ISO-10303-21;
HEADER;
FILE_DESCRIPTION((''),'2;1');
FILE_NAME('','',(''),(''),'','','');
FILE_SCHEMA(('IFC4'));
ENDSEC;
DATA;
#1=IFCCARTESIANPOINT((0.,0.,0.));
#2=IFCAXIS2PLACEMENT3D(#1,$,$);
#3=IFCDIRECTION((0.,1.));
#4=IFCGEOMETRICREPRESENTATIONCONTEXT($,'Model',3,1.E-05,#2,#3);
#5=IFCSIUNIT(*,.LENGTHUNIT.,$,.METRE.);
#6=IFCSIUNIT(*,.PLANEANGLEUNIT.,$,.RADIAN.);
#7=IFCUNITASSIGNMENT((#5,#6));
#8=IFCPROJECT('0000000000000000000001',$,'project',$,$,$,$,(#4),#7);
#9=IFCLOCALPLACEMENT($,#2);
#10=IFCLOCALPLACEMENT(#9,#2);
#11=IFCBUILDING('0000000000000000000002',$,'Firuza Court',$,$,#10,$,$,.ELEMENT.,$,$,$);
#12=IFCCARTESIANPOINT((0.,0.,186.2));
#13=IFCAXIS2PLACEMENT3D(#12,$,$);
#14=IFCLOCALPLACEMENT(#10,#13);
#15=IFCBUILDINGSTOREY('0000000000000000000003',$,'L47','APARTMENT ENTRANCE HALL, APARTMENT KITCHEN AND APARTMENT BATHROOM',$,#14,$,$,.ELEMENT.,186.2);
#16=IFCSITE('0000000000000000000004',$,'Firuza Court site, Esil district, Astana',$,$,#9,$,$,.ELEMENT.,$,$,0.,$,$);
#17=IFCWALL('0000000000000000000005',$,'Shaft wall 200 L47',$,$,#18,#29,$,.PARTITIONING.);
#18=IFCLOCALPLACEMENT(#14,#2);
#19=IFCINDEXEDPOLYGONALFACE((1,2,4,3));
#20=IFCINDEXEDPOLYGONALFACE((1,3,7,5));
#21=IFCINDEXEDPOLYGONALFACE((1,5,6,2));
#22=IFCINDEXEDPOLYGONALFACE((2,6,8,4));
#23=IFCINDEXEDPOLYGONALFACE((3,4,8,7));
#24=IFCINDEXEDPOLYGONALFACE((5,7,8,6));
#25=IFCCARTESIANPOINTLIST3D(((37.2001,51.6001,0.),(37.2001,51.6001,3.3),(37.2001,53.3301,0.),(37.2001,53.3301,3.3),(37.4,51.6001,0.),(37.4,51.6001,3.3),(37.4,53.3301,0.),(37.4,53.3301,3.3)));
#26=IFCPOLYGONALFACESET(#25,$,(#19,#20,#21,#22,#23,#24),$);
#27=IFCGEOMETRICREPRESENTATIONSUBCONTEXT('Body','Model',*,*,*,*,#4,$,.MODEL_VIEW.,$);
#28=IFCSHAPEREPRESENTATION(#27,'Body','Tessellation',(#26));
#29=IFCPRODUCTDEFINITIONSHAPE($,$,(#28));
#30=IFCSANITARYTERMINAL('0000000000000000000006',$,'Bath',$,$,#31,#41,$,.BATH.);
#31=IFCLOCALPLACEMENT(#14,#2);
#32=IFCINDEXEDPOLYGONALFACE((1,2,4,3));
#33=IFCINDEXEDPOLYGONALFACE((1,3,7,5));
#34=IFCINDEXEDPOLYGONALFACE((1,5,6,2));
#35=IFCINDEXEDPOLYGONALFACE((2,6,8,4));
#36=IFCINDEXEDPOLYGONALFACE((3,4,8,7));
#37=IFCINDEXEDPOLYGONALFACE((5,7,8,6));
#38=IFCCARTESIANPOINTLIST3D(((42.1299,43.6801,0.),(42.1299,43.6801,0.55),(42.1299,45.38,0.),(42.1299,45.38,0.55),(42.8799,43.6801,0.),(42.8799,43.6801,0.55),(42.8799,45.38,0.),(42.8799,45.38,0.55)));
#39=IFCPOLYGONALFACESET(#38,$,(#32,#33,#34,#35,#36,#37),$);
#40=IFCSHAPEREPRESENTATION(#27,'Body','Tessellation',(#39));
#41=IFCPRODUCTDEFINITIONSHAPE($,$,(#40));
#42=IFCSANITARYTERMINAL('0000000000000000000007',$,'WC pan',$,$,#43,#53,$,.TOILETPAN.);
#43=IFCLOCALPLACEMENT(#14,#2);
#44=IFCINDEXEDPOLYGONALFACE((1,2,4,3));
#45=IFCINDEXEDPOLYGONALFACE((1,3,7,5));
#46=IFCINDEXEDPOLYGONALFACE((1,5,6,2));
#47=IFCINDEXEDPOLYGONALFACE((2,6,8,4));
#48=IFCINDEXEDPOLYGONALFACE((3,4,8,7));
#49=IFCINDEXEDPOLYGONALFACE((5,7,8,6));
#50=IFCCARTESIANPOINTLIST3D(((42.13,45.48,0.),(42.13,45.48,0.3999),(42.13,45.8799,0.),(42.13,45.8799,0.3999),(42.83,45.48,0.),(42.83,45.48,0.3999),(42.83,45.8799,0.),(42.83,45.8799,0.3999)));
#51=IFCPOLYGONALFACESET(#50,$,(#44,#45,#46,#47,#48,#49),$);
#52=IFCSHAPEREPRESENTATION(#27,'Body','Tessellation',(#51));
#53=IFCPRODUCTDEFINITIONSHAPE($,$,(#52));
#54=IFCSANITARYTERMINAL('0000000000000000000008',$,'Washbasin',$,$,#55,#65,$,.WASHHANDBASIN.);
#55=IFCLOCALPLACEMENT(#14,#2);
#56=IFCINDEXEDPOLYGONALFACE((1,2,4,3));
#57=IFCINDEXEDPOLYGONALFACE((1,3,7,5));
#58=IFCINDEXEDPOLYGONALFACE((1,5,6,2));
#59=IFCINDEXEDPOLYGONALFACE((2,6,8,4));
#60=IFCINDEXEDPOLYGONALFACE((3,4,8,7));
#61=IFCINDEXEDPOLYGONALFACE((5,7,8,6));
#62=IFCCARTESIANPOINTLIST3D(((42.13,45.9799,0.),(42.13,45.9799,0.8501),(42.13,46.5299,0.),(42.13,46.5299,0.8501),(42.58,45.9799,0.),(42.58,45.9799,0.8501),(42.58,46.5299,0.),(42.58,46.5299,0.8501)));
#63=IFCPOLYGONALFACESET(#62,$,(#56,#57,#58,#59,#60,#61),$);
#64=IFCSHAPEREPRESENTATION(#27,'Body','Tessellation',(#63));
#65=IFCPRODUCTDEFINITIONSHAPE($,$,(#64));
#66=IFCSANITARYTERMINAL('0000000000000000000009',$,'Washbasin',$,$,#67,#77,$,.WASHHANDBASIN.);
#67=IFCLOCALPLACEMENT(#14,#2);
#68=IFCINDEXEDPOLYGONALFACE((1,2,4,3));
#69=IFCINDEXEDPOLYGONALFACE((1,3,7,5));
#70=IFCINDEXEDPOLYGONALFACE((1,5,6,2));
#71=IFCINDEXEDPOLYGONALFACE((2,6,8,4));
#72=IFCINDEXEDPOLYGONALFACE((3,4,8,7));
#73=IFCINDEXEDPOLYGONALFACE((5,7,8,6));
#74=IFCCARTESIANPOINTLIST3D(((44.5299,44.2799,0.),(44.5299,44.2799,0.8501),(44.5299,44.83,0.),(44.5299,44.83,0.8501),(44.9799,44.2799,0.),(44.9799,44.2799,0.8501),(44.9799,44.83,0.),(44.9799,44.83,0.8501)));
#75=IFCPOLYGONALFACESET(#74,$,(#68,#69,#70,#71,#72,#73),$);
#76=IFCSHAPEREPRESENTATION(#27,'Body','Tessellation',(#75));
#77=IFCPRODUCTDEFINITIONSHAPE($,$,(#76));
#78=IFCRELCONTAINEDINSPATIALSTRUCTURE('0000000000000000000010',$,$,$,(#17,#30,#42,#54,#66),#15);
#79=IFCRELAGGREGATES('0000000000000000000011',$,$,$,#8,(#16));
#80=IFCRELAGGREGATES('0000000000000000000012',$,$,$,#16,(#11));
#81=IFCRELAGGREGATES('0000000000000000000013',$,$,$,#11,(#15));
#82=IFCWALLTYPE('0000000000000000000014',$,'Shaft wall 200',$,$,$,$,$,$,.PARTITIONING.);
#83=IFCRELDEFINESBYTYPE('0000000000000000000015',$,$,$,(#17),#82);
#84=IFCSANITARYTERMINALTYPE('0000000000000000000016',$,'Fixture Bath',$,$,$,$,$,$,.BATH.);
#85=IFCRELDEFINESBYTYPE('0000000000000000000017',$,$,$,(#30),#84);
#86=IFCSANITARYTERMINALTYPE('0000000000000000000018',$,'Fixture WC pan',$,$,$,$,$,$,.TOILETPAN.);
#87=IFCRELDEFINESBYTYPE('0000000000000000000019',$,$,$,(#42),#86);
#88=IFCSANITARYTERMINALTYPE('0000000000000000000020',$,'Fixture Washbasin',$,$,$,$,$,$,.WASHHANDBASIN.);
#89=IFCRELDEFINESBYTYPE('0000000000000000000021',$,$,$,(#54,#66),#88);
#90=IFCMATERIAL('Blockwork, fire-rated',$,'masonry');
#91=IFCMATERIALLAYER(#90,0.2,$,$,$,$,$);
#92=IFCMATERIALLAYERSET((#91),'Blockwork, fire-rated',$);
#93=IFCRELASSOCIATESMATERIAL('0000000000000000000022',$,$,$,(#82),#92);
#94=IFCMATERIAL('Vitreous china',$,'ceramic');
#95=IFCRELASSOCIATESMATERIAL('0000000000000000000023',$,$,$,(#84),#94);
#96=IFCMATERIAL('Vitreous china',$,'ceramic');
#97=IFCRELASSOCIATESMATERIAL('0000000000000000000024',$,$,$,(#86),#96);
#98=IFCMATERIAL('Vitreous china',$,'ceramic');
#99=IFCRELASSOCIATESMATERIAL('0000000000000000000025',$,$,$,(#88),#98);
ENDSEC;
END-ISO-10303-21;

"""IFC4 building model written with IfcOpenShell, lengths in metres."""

from ifc_helpers import new_model, si_unit, direction, frame, frame_2d, origin, origin_2d, place, context, subcontext, project, spatial, rectangle, extrude, material, layer, layer_set, type_object, element, save


model = new_model("IFC4")

# Units and contexts
model_context = context("Model", 3, precision=1e-05, world=origin(), true_north=direction((0.0, 1.0)))
body_context = subcontext(model_context, "Body", "Model", "MODEL_VIEW")
ifc_project = project(units=[si_unit("LENGTHUNIT", "METRE"), si_unit("PLANEANGLEUNIT", "RADIAN")], contexts=[model_context])

# Site, building, storey
site_placement = place(None, origin())
site = spatial("IfcSite", under=ifc_project, at=site_placement, Name="Firuza Court site, Esil district, Astana", CompositionType="ELEMENT", RefElevation=0.0)
building_placement = place(site_placement, origin())
building = spatial("IfcBuilding", under=site, at=building_placement, Name="Firuza Court", CompositionType="ELEMENT")
storey_placement = place(building_placement, frame((0.0, 0.0, 186.2)))
storey = spatial("IfcBuildingStorey", under=building, at=storey_placement, Name="L47", Description="APARTMENT ENTRANCE HALL, APARTMENT KITCHEN AND APARTMENT BATHROOM", CompositionType="ELEMENT", Elevation=186.2)

# Shared definitions
ifc_material_1 = material(Name="Blockwork, fire-rated", Category="masonry")
ifc_layer_1 = layer(ifc_material_1, 0.2)
ifc_layer_set_1 = layer_set([ifc_layer_1], Name="Blockwork, fire-rated")
wall_type_1 = type_object("IfcWallType", Name="Shaft wall 200", PredefinedType="PARTITIONING", material=ifc_layer_set_1)

# Wall
for number, where, z_axis, x_axis, name in (
    (1, (37.3, 51.6001, 0.0), (0.0, 0.0, 1.0), (0.0, 1.0, 0.0), "Shaft wall 200 L47"),
):
    element("IfcWall", number, at=place(storey_placement, frame(where, z_axis=z_axis, x_axis=x_axis)), inside=storey, type_object=wall_type_1, Name=name, PredefinedType="PARTITIONING", context=body_context, shape_type="SweptSolid", body=[
        extrude(rectangle(XDim=1.73, YDim=0.2, at=frame_2d((0.865, 0.0))), origin(), (0.0, 0.0, 1.0), 3.3),
    ])

# Sanitary terminals
ifc_material_2 = material(Name="Vitreous china", Category="ceramic")
sanitary_terminal_type_1 = type_object("IfcSanitaryTerminalType", Name="Fixture Bath", PredefinedType="BATH", material=ifc_material_2)
sanitary_terminal_1_placement = place(storey_placement, frame((42.5049, 44.53, 0.0), z_axis=(0.0, 0.0, 1.0), x_axis=(1.0, 0.0, 0.0)))
element("IfcSanitaryTerminal", 2, at=sanitary_terminal_1_placement, inside=storey, type_object=sanitary_terminal_type_1, Name="Bath", PredefinedType="BATH", context=body_context, shape_type="SweptSolid", body=[
    extrude(rectangle(XDim=0.75, YDim=1.7, at=origin_2d()), origin(), (0.0, 0.0, 1.0), 0.55),
])
ifc_material_3 = material(Name="Vitreous china", Category="ceramic")
sanitary_terminal_type_2 = type_object("IfcSanitaryTerminalType", Name="Fixture WC pan", PredefinedType="TOILETPAN", material=ifc_material_3)
sanitary_terminal_2_placement = place(storey_placement, frame((42.48, 45.6799, 0.0), z_axis=(0.0, 0.0, 1.0), x_axis=(1.0, 0.0, 0.0)))
element("IfcSanitaryTerminal", 3, at=sanitary_terminal_2_placement, inside=storey, type_object=sanitary_terminal_type_2, Name="WC pan", PredefinedType="TOILETPAN", context=body_context, shape_type="SweptSolid", body=[
    extrude(rectangle(XDim=0.7, YDim=0.3999, at=origin_2d()), origin(), (0.0, 0.0, 1.0), 0.3999),
])
ifc_material_4 = material(Name="Vitreous china", Category="ceramic")
sanitary_terminal_type_3 = type_object("IfcSanitaryTerminalType", Name="Fixture Washbasin", PredefinedType="WASHHANDBASIN", material=ifc_material_4)
for number, where, z_axis, x_axis, name in (
    (4, (42.355, 46.2549, 0.0), (0.0, 0.0, 1.0), (1.0, 0.0, 0.0), "Washbasin"),
    (5, (44.7549, 44.5549, 0.0), (0.0, 0.0, 1.0), (1.0, 0.0, 0.0), "Washbasin"),
):
    element("IfcSanitaryTerminal", number, at=place(storey_placement, frame(where, z_axis=z_axis, x_axis=x_axis)), inside=storey, type_object=sanitary_terminal_type_3, Name=name, PredefinedType="WASHHANDBASIN", context=body_context, shape_type="SweptSolid", body=[
        extrude(rectangle(XDim=0.45, YDim=0.55, at=origin_2d()), origin(), (0.0, 0.0, 1.0), 0.8501),
    ])

save(model, "model.ifc")
